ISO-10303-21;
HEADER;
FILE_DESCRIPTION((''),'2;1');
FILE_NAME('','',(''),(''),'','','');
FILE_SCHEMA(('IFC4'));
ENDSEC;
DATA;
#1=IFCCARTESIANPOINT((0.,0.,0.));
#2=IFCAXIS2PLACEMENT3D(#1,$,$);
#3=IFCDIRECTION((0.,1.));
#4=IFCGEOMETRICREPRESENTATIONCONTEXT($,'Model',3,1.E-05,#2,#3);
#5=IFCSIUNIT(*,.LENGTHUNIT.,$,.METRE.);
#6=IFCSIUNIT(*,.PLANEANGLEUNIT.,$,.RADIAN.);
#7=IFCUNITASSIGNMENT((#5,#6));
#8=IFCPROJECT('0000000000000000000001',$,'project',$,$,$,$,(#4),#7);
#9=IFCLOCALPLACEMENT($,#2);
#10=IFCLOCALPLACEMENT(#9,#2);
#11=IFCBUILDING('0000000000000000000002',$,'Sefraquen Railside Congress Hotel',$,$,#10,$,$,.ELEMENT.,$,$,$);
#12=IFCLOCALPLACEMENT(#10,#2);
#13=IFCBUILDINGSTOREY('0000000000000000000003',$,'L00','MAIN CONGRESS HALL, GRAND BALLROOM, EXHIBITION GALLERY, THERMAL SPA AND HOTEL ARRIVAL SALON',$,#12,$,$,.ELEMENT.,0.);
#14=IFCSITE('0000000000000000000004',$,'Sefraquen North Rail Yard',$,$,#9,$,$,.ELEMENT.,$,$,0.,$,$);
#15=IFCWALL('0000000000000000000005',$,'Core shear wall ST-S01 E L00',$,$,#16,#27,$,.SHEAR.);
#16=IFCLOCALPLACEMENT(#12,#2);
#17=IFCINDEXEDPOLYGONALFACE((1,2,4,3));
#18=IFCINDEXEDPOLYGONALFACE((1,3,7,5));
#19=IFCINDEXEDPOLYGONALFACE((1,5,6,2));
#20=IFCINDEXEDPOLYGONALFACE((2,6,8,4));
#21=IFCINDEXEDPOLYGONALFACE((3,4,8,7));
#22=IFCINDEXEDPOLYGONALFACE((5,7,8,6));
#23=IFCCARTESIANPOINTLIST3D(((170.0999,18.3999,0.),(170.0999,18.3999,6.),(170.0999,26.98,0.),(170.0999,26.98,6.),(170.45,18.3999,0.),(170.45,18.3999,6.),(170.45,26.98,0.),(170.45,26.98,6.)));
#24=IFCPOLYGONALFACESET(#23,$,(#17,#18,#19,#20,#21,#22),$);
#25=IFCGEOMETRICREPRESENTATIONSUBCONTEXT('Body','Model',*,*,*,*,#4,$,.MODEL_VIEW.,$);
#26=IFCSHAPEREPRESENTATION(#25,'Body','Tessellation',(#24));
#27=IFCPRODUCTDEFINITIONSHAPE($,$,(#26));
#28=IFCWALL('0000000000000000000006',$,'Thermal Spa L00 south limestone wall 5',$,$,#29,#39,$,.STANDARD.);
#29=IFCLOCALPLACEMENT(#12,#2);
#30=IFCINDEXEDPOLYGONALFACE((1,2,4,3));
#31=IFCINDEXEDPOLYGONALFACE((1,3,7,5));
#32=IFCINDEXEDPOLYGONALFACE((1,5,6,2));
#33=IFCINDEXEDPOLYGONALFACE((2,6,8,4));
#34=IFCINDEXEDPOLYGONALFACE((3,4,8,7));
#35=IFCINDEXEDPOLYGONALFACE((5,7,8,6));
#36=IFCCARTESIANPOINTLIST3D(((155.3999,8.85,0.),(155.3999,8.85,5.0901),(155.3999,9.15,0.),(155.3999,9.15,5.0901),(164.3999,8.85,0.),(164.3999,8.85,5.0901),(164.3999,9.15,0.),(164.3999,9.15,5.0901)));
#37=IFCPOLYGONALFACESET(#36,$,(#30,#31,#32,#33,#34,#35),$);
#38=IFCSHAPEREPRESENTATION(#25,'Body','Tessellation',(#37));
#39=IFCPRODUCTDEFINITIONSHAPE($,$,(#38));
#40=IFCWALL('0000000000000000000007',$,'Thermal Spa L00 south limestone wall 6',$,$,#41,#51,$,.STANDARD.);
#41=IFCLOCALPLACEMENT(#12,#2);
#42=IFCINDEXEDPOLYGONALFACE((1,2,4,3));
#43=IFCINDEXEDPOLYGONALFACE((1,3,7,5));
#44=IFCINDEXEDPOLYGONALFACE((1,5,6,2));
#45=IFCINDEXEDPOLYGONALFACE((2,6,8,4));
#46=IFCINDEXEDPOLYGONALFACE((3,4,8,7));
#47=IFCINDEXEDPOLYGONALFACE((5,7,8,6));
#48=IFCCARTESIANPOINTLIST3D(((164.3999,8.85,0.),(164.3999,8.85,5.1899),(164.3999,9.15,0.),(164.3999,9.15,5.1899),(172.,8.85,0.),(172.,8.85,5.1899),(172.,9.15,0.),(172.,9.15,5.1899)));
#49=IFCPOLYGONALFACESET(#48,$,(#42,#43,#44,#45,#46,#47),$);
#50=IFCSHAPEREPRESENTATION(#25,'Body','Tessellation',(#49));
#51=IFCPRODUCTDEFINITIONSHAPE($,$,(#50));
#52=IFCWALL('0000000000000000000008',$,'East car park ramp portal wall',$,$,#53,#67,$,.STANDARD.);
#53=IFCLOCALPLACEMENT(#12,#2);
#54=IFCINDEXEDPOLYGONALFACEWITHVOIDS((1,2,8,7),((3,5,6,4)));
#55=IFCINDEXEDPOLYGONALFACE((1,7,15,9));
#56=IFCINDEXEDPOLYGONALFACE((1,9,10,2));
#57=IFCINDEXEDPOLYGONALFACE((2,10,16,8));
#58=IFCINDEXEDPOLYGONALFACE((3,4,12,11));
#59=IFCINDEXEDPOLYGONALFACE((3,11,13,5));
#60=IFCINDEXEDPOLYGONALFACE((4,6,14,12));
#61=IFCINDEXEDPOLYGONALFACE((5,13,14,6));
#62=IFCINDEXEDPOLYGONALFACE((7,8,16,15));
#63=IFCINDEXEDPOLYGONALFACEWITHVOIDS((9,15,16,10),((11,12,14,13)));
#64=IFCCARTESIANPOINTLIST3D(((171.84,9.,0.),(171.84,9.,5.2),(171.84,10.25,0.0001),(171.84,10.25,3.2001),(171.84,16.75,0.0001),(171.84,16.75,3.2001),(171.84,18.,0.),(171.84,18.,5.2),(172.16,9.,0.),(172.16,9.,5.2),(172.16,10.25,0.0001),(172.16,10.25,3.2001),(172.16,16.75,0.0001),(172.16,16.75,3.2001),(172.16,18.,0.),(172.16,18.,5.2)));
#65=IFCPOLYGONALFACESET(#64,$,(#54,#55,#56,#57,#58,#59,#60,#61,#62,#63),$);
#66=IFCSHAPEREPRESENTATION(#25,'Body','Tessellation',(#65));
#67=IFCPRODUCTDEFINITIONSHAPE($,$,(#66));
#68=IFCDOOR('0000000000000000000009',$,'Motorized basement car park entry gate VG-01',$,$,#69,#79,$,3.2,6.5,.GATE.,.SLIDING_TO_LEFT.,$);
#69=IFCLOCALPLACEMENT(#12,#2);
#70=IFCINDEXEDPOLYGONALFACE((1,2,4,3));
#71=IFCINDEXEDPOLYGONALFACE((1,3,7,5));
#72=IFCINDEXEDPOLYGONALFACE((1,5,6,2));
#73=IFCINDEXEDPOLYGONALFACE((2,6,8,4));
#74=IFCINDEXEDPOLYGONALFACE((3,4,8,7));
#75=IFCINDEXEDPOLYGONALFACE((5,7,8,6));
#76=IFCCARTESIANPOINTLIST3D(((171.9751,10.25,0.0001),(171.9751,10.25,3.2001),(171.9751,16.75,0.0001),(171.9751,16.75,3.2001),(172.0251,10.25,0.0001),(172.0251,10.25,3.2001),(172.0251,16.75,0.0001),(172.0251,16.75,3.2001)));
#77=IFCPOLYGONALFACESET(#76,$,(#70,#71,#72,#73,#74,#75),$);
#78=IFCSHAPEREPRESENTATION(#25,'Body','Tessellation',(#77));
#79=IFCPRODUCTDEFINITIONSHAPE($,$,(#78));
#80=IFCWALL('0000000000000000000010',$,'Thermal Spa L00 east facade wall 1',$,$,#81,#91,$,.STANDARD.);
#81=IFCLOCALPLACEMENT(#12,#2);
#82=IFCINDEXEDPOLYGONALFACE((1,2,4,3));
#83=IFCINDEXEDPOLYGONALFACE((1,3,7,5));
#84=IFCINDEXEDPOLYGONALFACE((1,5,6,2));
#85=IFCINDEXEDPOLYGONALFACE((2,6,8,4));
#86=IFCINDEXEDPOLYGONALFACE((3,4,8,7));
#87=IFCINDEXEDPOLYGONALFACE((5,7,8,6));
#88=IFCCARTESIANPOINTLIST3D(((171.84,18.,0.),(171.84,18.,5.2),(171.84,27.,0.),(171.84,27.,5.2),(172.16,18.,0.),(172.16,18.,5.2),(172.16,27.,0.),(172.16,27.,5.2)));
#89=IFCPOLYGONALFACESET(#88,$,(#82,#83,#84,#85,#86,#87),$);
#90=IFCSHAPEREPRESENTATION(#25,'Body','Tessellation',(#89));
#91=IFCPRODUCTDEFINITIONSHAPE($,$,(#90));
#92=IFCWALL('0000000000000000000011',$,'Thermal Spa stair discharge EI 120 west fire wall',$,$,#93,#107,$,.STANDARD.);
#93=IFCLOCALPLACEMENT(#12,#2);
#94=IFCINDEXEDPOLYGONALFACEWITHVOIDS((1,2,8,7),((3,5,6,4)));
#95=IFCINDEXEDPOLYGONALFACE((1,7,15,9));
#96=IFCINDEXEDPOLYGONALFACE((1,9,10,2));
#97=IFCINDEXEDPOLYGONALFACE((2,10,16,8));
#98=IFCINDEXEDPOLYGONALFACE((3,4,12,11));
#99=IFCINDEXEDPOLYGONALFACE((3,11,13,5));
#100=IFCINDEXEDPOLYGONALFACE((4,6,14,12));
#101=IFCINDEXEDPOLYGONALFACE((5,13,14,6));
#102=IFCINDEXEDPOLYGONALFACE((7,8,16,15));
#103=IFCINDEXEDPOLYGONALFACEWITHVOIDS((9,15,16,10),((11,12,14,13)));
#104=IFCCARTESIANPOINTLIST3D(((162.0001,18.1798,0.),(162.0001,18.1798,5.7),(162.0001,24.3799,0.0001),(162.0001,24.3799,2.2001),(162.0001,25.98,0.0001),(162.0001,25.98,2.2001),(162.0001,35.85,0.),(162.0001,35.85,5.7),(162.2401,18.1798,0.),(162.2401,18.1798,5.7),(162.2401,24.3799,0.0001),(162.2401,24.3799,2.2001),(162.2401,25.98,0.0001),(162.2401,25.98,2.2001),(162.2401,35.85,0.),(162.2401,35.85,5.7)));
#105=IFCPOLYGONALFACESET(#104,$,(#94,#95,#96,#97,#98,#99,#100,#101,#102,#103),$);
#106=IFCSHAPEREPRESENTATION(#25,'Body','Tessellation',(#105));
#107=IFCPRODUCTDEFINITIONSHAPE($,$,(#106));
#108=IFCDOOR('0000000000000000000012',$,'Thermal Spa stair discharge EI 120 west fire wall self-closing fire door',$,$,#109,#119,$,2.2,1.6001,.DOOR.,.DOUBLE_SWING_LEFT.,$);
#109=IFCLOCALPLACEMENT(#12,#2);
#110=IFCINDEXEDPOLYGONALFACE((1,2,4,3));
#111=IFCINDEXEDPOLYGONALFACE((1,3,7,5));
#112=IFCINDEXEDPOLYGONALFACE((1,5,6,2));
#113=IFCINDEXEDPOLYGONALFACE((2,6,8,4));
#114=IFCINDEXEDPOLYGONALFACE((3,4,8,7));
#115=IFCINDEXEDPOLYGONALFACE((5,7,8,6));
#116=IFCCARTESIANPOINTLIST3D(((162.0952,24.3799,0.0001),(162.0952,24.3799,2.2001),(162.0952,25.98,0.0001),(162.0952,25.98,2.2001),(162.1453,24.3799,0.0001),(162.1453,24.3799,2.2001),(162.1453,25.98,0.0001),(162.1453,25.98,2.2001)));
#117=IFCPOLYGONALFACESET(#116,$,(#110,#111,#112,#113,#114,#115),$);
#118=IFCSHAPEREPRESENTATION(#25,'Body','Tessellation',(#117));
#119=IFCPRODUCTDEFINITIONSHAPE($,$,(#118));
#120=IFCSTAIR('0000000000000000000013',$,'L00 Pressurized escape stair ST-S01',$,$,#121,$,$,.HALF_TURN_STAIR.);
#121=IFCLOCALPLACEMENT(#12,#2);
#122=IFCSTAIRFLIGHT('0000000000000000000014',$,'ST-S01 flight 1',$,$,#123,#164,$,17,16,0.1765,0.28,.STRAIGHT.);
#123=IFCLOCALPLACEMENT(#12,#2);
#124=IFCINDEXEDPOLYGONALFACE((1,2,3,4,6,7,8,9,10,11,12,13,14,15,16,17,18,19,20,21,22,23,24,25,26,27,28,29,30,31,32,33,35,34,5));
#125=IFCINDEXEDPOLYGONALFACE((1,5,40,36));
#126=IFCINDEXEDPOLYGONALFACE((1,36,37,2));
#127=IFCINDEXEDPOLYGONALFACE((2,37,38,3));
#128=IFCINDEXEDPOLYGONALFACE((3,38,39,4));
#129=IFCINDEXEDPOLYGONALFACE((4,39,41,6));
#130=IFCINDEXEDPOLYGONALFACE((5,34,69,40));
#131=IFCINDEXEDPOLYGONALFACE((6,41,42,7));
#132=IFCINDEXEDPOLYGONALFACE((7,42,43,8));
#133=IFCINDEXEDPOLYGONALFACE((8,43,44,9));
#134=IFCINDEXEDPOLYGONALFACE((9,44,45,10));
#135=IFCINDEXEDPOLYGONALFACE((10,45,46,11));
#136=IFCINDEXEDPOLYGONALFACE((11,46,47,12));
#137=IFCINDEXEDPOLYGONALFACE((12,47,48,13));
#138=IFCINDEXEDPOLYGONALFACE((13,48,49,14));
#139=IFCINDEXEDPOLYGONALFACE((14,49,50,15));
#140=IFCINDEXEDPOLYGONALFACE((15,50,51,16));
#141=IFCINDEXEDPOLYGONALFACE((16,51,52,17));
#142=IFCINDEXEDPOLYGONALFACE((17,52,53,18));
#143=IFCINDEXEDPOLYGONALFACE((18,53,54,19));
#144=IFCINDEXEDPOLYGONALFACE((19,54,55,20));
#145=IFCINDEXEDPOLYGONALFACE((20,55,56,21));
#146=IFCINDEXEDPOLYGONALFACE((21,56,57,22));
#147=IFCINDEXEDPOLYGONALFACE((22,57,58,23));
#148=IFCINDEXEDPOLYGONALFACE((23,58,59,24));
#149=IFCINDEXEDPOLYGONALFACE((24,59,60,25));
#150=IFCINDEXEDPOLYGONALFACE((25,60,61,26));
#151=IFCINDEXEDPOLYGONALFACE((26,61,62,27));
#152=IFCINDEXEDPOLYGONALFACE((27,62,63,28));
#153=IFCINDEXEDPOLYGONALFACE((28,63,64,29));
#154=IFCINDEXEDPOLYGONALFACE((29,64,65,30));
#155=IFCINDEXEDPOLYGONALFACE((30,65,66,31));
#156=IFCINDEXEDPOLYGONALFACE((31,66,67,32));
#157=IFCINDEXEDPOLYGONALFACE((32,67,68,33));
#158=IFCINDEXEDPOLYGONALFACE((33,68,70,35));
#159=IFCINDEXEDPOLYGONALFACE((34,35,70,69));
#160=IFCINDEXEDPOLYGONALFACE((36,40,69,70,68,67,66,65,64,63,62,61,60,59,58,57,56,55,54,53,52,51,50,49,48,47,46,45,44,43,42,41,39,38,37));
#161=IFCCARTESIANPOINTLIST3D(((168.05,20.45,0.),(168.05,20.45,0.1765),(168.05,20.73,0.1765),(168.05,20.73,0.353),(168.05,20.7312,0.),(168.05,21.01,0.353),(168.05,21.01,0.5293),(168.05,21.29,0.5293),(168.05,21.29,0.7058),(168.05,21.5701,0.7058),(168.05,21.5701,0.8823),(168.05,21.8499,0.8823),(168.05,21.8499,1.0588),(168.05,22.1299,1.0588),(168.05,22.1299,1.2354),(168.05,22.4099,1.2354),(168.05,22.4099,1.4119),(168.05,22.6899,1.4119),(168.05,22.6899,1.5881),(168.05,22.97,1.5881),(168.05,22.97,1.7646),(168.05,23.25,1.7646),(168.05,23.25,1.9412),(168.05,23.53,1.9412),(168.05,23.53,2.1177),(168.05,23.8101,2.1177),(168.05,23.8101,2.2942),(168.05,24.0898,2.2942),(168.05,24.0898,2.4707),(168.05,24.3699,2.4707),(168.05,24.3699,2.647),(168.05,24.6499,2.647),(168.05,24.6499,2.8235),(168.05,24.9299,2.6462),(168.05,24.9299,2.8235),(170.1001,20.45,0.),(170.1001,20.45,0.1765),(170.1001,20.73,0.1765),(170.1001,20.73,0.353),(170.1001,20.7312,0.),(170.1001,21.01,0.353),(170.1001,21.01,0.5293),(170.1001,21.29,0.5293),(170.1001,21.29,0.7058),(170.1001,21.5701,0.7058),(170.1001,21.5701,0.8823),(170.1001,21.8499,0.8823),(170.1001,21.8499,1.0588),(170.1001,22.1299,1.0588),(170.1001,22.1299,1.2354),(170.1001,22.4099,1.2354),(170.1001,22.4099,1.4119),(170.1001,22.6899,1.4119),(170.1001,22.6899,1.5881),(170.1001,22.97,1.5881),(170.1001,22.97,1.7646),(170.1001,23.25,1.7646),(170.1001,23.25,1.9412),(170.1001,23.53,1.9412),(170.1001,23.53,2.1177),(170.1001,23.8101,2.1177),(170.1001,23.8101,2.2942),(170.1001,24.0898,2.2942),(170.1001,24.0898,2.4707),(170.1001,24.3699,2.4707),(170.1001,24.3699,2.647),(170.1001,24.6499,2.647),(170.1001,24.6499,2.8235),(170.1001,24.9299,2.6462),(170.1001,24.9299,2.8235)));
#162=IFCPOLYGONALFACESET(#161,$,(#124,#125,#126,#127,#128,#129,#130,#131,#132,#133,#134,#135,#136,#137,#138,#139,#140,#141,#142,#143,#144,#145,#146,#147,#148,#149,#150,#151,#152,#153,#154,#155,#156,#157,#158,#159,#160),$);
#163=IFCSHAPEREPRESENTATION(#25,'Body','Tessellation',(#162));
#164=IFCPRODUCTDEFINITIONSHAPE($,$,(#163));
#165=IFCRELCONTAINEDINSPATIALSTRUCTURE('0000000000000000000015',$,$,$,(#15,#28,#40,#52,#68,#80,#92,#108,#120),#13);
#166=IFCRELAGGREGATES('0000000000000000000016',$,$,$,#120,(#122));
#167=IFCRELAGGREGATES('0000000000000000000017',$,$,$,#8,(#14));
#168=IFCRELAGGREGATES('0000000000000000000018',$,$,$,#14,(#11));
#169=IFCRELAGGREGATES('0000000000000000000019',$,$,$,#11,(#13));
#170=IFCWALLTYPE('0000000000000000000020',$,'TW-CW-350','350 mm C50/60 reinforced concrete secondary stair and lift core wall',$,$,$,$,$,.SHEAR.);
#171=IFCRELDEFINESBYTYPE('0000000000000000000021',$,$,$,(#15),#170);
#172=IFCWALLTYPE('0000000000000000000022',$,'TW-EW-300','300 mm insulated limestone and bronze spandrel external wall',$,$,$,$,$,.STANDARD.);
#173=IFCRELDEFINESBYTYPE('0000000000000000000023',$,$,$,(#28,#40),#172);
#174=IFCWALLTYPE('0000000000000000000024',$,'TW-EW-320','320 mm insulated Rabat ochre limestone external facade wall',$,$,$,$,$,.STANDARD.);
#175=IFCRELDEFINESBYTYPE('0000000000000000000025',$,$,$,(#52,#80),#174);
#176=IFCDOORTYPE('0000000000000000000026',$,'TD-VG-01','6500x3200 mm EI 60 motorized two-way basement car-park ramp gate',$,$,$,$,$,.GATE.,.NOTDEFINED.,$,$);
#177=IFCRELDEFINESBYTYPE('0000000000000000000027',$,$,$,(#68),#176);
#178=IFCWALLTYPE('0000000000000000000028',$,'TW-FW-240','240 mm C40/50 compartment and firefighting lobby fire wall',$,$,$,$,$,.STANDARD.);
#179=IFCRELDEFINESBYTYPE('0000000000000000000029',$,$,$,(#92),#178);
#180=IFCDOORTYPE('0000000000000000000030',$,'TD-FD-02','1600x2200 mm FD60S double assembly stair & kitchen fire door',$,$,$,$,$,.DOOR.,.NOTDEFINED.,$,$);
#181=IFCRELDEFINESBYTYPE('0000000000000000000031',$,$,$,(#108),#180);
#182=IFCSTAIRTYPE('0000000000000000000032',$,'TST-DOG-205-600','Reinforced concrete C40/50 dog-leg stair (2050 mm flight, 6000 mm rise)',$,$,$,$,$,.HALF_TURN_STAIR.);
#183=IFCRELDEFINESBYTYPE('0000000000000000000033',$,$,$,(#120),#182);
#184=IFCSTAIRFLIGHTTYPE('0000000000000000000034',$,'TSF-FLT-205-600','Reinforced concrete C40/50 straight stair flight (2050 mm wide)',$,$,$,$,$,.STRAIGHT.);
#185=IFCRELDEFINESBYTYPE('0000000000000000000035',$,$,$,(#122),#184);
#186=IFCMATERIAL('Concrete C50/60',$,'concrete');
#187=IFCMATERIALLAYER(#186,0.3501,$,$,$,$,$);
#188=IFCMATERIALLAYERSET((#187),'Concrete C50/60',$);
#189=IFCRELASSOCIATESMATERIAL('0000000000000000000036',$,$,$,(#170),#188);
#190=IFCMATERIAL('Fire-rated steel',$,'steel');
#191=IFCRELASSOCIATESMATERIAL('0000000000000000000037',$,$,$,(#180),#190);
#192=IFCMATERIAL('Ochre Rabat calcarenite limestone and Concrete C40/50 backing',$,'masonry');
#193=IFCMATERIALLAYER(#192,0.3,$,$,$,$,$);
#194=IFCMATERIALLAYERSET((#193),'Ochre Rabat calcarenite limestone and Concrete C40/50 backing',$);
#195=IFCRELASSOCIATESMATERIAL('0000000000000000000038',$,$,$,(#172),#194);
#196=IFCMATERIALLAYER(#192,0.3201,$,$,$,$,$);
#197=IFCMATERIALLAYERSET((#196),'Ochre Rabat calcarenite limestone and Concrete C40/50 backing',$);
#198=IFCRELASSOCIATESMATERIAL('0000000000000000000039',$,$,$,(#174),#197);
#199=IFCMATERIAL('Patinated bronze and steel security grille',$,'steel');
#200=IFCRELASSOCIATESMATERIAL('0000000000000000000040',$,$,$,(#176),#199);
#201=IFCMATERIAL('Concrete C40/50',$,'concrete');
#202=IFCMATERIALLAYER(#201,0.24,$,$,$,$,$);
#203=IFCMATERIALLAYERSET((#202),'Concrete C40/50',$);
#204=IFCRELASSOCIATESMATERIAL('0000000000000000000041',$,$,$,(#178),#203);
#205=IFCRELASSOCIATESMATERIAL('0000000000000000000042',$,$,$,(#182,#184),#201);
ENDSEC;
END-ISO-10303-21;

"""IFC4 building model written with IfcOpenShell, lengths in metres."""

from ifc_helpers import new_model, si_unit, direction, frame, frame_2d, origin, place, context, subcontext, project, spatial, polyline, rectangle, outline, extrude, material, layer, layer_set, type_object, element, fill, aggregate, save


model = new_model("IFC4")

# Units and contexts
model_context = context("Model", 3, precision=1e-05, world=origin(), true_north=direction((0.0, 1.0)))
body_context = subcontext(model_context, "Body", "Model", "MODEL_VIEW")
ifc_project = project(units=[si_unit("LENGTHUNIT", "METRE"), si_unit("PLANEANGLEUNIT", "RADIAN")], contexts=[model_context])

# Site, building, storey
site_placement = place(None, origin())
site = spatial("IfcSite", under=ifc_project, at=site_placement, Name="Sefraquen North Rail Yard", CompositionType="ELEMENT", RefElevation=0.0)
building_placement = place(site_placement, origin())
building = spatial("IfcBuilding", under=site, at=building_placement, Name="Sefraquen Railside Congress Hotel", CompositionType="ELEMENT")
storey_placement = place(building_placement, origin())
storey = spatial("IfcBuildingStorey", under=building, at=storey_placement, Name="L00", Description="MAIN CONGRESS HALL, GRAND BALLROOM, EXHIBITION GALLERY, THERMAL SPA AND HOTEL ARRIVAL SALON", CompositionType="ELEMENT", Elevation=0.0)

# Shared definitions
ifc_material_1 = material(Name="Concrete C50/60", Category="concrete")
ifc_layer_1 = layer(ifc_material_1, 0.3501)
ifc_layer_set_1 = layer_set([ifc_layer_1], Name="Concrete C50/60")
wall_type_1 = type_object("IfcWallType", Name="TW-CW-350", Description="350 mm C50/60 reinforced concrete secondary stair and lift core wall", PredefinedType="SHEAR", material=ifc_layer_set_1)

# Shared definitions
ifc_material_2 = material(Name="Fire-rated steel", Category="steel")
door_type_1 = type_object("IfcDoorType", Name="TD-FD-02", Description="1600x2200 mm FD60S double assembly stair & kitchen fire door", OperationType="NOTDEFINED", PredefinedType="DOOR", material=ifc_material_2)

# Walls
wall_1_placement = place(storey_placement, frame((170.2749, 18.3999, 0.0), z_axis=(0.0, 0.0, 1.0), x_axis=(0.0, 1.0, 0.0)))
element("IfcWall", 1, at=wall_1_placement, inside=storey, type_object=wall_type_1, Name="Core shear wall ST-S01 E L00", PredefinedType="SHEAR", context=body_context, shape_type="SweptSolid", body=[
    extrude(rectangle(XDim=8.5801, YDim=0.3501, at=frame_2d((4.29, 0.0))), origin(), (0.0, 0.0, 1.0), 6.0),
])
ifc_material_3 = material(Name="Ochre Rabat calcarenite limestone and Concrete C40/50 backing", Category="masonry")
ifc_layer_2 = layer(ifc_material_3, 0.3)
ifc_layer_set_2 = layer_set([ifc_layer_2], Name="Ochre Rabat calcarenite limestone and Concrete C40/50 backing")
wall_type_2 = type_object("IfcWallType", Name="TW-EW-300", Description="300 mm insulated limestone and bronze spandrel external wall", PredefinedType="STANDARD", material=ifc_layer_set_2)
wall_2_placement = place(storey_placement, frame((155.3999, 9.0, 0.0), z_axis=(0.0, 0.0, 1.0), x_axis=(1.0, 0.0, 0.0)))
element("IfcWall", 2, at=wall_2_placement, inside=storey, type_object=wall_type_2, Name="Thermal Spa L00 south limestone wall 5", PredefinedType="STANDARD", context=body_context, shape_type="SweptSolid", body=[
    extrude(rectangle(XDim=9.0, YDim=0.3, at=frame_2d((4.5, 0.0))), origin(), (0.0, 0.0, 1.0), 5.0901),
])
wall_3_placement = place(storey_placement, frame((164.3999, 9.0, 0.0), z_axis=(0.0, 0.0, 1.0), x_axis=(1.0, 0.0, 0.0)))
element("IfcWall", 3, at=wall_3_placement, inside=storey, type_object=wall_type_2, Name="Thermal Spa L00 south limestone wall 6", PredefinedType="STANDARD", context=body_context, shape_type="SweptSolid", body=[
    extrude(rectangle(XDim=7.6001, YDim=0.3, at=frame_2d((3.8, 0.0))), origin(), (0.0, 0.0, 1.0), 5.1899),
])

# Wall, opening, door
ifc_layer_3 = layer(ifc_material_3, 0.3201)
ifc_layer_set_3 = layer_set([ifc_layer_3], Name="Ochre Rabat calcarenite limestone and Concrete C40/50 backing")
wall_type_3 = type_object("IfcWallType", Name="TW-EW-320", Description="320 mm insulated Rabat ochre limestone external facade wall", PredefinedType="STANDARD", material=ifc_layer_set_3)
wall_4_placement = place(storey_placement, frame((172.0, 9.0, 0.0), z_axis=(0.0, 0.0, 1.0), x_axis=(0.0, 1.0, 0.0)))
wall_4 = element("IfcWall", 4, at=wall_4_placement, inside=storey, type_object=wall_type_3, Name="East car park ramp portal wall", PredefinedType="STANDARD", context=body_context, shape_type="SweptSolid", body=[
    extrude(rectangle(XDim=9.0, YDim=0.3201, at=frame_2d((4.5, 0.0))), origin(), (0.0, 0.0, 1.0), 5.2),
])
opening_1_placement = place(wall_4_placement, frame((1.25, 0.0, 0.0)))
opening_1 = element("IfcOpeningElement", 5, at=opening_1_placement, cuts=wall_4, PredefinedType="OPENING", context=body_context, shape_type="SweptSolid", body=[
    extrude(rectangle(XDim=6.5, YDim=3.2, at=frame_2d((3.25, 1.6001))), frame((0.0, 0.1699, 0.0), z_axis=(0.0, -1.0, 0.0), x_axis=(1.0, 0.0, 0.0)), (0.0, 0.0, 1.0), 0.3401),
])
ifc_material_4 = material(Name="Patinated bronze and steel security grille", Category="steel")
door_type_2 = type_object("IfcDoorType", Name="TD-VG-01", Description="6500x3200 mm EI 60 motorized two-way basement car-park ramp gate", OperationType="NOTDEFINED", PredefinedType="GATE", material=ifc_material_4)
door_1_placement = place(opening_1_placement, origin())
door_1 = element("IfcDoor", 6, at=door_1_placement, inside=storey, type_object=door_type_2, Name="Motorized basement car park entry gate VG-01", OperationType="SLIDING_TO_LEFT", OverallHeight=3.2, OverallWidth=6.5, PredefinedType="GATE", context=body_context, shape_type="SweptSolid", body=[
    extrude(rectangle(XDim=6.5, YDim=3.2, at=frame_2d((3.25, 1.6001))), frame((0.0, 0.0249, 0.0), z_axis=(0.0, -1.0, 0.0), x_axis=(1.0, 0.0, 0.0)), (0.0, 0.0, 1.0), 0.05),
])
fill(opening_1, door_1)

# Wall
wall_5_placement = place(storey_placement, frame((172.0, 18.0, 0.0), z_axis=(0.0, 0.0, 1.0), x_axis=(0.0, 1.0, 0.0)))
element("IfcWall", 7, at=wall_5_placement, inside=storey, type_object=wall_type_3, Name="Thermal Spa L00 east facade wall 1", PredefinedType="STANDARD", context=body_context, shape_type="SweptSolid", body=[
    extrude(rectangle(XDim=9.0, YDim=0.3201, at=frame_2d((4.5, 0.0))), origin(), (0.0, 0.0, 1.0), 5.2),
])

# Wall, opening, door
ifc_material_5 = material(Name="Concrete C40/50", Category="concrete")
ifc_layer_4 = layer(ifc_material_5, 0.24)
ifc_layer_set_4 = layer_set([ifc_layer_4], Name="Concrete C40/50")
wall_type_4 = type_object("IfcWallType", Name="TW-FW-240", Description="240 mm C40/50 compartment and firefighting lobby fire wall", PredefinedType="STANDARD", material=ifc_layer_set_4)
wall_6_placement = place(storey_placement, frame((162.1201, 18.1799, 0.0), z_axis=(0.0, 0.0, 1.0), x_axis=(0.0, 1.0, 0.0)))
wall_6 = element("IfcWall", 8, at=wall_6_placement, inside=storey, type_object=wall_type_4, Name="Thermal Spa stair discharge EI 120 west fire wall", PredefinedType="STANDARD", context=body_context, shape_type="SweptSolid", body=[
    extrude(rectangle(XDim=17.6702, YDim=0.24, at=frame_2d((8.835, 0.0))), origin(), (0.0, 0.0, 1.0), 5.7),
])
opening_2_placement = place(wall_6_placement, frame((6.2, 0.0, 0.0)))
opening_2 = element("IfcOpeningElement", 9, at=opening_2_placement, cuts=wall_6, PredefinedType="OPENING", context=body_context, shape_type="SweptSolid", body=[
    extrude(rectangle(XDim=1.6001, YDim=2.2, at=frame_2d((0.8, 1.1001))), frame((0.0, 0.1299, 0.0), z_axis=(0.0, -1.0, 0.0), x_axis=(1.0, 0.0, 0.0)), (0.0, 0.0, 1.0), 0.26),
])
door_2_placement = place(opening_2_placement, origin())
door_2 = element("IfcDoor", 10, at=door_2_placement, inside=storey, type_object=door_type_1, Name="Thermal Spa stair discharge EI 120 west fire wall self-closing fire door", OperationType="DOUBLE_SWING_LEFT", OverallHeight=2.2, OverallWidth=1.6001, PredefinedType="DOOR", context=body_context, shape_type="SweptSolid", body=[
    extrude(rectangle(XDim=1.6001, YDim=2.2, at=frame_2d((0.8, 1.1001))), frame((0.0, 0.0249, 0.0), z_axis=(0.0, -1.0, 0.0), x_axis=(1.0, 0.0, 0.0)), (0.0, 0.0, 1.0), 0.05),
])
fill(opening_2, door_2)

# Stair, stair flight
stair_type = type_object("IfcStairType", Name="TST-DOG-205-600", Description="Reinforced concrete C40/50 dog-leg stair (2050 mm flight, 6000 mm rise)", PredefinedType="HALF_TURN_STAIR", material=ifc_material_5)
stair_placement = place(storey_placement, origin())
stair = element("IfcStair", 11, at=stair_placement, inside=storey, type_object=stair_type, Name="L00 Pressurized escape stair ST-S01", PredefinedType="HALF_TURN_STAIR")
stair_flight_type = type_object("IfcStairFlightType", Name="TSF-FLT-205-600", Description="Reinforced concrete C40/50 straight stair flight (2050 mm wide)", PredefinedType="STRAIGHT", material=ifc_material_5)
stair_flight_1_placement = place(storey_placement, frame((169.075, 20.45, 0.0), z_axis=(0.0, 0.0, 1.0), x_axis=(0.0, 1.0, 0.0)))
stair_flight_1 = element("IfcStairFlight", 12, at=stair_flight_1_placement, type_object=stair_flight_type, Name="ST-S01 flight 1", NumberOfRisers=17, NumberOfTreads=16, PredefinedType="STRAIGHT", RiserHeight=0.1765, TreadLength=0.28, context=body_context, shape_type="SweptSolid", body=[
    extrude(outline(polyline([(0.0, 0.0), (0.0, 0.1765), (0.28, 0.1765), (0.28, 0.353), (0.5601, 0.353), (0.5601, 0.5293), (0.8401, 0.5293), (0.8401, 0.7058), (1.1201, 0.7058), (1.1201, 0.8823), (1.3999, 0.8823), (1.3999, 1.0588), (1.6799, 1.0588), (1.6799, 1.2354), (1.96, 1.2354), (1.96, 1.4119), (2.24, 1.4119), (2.24, 1.5881), (2.52, 1.5881), (2.52, 1.7646), (2.8, 1.7646), (2.8, 1.9412), (3.0801, 1.9412), (3.0801, 2.1177), (3.3601, 2.1177), (3.3601, 2.2942), (3.6399, 2.2942), (3.6399, 2.4707), (3.9199, 2.4707), (3.9199, 2.647), (4.2, 2.647), (4.2, 2.8235), (4.48, 2.8235), (4.48, 3.0), (4.48, 2.6462), (0.2812, 0.0), (0.0, 0.0)])), frame((0.0, 1.0249, 0.0), z_axis=(0.0, -1.0, 0.0), x_axis=(1.0, 0.0, 0.0)), (0.0, 0.0, 1.0), 2.05),
])
aggregate(stair, [stair_flight_1])

save(model, "model.ifc")
